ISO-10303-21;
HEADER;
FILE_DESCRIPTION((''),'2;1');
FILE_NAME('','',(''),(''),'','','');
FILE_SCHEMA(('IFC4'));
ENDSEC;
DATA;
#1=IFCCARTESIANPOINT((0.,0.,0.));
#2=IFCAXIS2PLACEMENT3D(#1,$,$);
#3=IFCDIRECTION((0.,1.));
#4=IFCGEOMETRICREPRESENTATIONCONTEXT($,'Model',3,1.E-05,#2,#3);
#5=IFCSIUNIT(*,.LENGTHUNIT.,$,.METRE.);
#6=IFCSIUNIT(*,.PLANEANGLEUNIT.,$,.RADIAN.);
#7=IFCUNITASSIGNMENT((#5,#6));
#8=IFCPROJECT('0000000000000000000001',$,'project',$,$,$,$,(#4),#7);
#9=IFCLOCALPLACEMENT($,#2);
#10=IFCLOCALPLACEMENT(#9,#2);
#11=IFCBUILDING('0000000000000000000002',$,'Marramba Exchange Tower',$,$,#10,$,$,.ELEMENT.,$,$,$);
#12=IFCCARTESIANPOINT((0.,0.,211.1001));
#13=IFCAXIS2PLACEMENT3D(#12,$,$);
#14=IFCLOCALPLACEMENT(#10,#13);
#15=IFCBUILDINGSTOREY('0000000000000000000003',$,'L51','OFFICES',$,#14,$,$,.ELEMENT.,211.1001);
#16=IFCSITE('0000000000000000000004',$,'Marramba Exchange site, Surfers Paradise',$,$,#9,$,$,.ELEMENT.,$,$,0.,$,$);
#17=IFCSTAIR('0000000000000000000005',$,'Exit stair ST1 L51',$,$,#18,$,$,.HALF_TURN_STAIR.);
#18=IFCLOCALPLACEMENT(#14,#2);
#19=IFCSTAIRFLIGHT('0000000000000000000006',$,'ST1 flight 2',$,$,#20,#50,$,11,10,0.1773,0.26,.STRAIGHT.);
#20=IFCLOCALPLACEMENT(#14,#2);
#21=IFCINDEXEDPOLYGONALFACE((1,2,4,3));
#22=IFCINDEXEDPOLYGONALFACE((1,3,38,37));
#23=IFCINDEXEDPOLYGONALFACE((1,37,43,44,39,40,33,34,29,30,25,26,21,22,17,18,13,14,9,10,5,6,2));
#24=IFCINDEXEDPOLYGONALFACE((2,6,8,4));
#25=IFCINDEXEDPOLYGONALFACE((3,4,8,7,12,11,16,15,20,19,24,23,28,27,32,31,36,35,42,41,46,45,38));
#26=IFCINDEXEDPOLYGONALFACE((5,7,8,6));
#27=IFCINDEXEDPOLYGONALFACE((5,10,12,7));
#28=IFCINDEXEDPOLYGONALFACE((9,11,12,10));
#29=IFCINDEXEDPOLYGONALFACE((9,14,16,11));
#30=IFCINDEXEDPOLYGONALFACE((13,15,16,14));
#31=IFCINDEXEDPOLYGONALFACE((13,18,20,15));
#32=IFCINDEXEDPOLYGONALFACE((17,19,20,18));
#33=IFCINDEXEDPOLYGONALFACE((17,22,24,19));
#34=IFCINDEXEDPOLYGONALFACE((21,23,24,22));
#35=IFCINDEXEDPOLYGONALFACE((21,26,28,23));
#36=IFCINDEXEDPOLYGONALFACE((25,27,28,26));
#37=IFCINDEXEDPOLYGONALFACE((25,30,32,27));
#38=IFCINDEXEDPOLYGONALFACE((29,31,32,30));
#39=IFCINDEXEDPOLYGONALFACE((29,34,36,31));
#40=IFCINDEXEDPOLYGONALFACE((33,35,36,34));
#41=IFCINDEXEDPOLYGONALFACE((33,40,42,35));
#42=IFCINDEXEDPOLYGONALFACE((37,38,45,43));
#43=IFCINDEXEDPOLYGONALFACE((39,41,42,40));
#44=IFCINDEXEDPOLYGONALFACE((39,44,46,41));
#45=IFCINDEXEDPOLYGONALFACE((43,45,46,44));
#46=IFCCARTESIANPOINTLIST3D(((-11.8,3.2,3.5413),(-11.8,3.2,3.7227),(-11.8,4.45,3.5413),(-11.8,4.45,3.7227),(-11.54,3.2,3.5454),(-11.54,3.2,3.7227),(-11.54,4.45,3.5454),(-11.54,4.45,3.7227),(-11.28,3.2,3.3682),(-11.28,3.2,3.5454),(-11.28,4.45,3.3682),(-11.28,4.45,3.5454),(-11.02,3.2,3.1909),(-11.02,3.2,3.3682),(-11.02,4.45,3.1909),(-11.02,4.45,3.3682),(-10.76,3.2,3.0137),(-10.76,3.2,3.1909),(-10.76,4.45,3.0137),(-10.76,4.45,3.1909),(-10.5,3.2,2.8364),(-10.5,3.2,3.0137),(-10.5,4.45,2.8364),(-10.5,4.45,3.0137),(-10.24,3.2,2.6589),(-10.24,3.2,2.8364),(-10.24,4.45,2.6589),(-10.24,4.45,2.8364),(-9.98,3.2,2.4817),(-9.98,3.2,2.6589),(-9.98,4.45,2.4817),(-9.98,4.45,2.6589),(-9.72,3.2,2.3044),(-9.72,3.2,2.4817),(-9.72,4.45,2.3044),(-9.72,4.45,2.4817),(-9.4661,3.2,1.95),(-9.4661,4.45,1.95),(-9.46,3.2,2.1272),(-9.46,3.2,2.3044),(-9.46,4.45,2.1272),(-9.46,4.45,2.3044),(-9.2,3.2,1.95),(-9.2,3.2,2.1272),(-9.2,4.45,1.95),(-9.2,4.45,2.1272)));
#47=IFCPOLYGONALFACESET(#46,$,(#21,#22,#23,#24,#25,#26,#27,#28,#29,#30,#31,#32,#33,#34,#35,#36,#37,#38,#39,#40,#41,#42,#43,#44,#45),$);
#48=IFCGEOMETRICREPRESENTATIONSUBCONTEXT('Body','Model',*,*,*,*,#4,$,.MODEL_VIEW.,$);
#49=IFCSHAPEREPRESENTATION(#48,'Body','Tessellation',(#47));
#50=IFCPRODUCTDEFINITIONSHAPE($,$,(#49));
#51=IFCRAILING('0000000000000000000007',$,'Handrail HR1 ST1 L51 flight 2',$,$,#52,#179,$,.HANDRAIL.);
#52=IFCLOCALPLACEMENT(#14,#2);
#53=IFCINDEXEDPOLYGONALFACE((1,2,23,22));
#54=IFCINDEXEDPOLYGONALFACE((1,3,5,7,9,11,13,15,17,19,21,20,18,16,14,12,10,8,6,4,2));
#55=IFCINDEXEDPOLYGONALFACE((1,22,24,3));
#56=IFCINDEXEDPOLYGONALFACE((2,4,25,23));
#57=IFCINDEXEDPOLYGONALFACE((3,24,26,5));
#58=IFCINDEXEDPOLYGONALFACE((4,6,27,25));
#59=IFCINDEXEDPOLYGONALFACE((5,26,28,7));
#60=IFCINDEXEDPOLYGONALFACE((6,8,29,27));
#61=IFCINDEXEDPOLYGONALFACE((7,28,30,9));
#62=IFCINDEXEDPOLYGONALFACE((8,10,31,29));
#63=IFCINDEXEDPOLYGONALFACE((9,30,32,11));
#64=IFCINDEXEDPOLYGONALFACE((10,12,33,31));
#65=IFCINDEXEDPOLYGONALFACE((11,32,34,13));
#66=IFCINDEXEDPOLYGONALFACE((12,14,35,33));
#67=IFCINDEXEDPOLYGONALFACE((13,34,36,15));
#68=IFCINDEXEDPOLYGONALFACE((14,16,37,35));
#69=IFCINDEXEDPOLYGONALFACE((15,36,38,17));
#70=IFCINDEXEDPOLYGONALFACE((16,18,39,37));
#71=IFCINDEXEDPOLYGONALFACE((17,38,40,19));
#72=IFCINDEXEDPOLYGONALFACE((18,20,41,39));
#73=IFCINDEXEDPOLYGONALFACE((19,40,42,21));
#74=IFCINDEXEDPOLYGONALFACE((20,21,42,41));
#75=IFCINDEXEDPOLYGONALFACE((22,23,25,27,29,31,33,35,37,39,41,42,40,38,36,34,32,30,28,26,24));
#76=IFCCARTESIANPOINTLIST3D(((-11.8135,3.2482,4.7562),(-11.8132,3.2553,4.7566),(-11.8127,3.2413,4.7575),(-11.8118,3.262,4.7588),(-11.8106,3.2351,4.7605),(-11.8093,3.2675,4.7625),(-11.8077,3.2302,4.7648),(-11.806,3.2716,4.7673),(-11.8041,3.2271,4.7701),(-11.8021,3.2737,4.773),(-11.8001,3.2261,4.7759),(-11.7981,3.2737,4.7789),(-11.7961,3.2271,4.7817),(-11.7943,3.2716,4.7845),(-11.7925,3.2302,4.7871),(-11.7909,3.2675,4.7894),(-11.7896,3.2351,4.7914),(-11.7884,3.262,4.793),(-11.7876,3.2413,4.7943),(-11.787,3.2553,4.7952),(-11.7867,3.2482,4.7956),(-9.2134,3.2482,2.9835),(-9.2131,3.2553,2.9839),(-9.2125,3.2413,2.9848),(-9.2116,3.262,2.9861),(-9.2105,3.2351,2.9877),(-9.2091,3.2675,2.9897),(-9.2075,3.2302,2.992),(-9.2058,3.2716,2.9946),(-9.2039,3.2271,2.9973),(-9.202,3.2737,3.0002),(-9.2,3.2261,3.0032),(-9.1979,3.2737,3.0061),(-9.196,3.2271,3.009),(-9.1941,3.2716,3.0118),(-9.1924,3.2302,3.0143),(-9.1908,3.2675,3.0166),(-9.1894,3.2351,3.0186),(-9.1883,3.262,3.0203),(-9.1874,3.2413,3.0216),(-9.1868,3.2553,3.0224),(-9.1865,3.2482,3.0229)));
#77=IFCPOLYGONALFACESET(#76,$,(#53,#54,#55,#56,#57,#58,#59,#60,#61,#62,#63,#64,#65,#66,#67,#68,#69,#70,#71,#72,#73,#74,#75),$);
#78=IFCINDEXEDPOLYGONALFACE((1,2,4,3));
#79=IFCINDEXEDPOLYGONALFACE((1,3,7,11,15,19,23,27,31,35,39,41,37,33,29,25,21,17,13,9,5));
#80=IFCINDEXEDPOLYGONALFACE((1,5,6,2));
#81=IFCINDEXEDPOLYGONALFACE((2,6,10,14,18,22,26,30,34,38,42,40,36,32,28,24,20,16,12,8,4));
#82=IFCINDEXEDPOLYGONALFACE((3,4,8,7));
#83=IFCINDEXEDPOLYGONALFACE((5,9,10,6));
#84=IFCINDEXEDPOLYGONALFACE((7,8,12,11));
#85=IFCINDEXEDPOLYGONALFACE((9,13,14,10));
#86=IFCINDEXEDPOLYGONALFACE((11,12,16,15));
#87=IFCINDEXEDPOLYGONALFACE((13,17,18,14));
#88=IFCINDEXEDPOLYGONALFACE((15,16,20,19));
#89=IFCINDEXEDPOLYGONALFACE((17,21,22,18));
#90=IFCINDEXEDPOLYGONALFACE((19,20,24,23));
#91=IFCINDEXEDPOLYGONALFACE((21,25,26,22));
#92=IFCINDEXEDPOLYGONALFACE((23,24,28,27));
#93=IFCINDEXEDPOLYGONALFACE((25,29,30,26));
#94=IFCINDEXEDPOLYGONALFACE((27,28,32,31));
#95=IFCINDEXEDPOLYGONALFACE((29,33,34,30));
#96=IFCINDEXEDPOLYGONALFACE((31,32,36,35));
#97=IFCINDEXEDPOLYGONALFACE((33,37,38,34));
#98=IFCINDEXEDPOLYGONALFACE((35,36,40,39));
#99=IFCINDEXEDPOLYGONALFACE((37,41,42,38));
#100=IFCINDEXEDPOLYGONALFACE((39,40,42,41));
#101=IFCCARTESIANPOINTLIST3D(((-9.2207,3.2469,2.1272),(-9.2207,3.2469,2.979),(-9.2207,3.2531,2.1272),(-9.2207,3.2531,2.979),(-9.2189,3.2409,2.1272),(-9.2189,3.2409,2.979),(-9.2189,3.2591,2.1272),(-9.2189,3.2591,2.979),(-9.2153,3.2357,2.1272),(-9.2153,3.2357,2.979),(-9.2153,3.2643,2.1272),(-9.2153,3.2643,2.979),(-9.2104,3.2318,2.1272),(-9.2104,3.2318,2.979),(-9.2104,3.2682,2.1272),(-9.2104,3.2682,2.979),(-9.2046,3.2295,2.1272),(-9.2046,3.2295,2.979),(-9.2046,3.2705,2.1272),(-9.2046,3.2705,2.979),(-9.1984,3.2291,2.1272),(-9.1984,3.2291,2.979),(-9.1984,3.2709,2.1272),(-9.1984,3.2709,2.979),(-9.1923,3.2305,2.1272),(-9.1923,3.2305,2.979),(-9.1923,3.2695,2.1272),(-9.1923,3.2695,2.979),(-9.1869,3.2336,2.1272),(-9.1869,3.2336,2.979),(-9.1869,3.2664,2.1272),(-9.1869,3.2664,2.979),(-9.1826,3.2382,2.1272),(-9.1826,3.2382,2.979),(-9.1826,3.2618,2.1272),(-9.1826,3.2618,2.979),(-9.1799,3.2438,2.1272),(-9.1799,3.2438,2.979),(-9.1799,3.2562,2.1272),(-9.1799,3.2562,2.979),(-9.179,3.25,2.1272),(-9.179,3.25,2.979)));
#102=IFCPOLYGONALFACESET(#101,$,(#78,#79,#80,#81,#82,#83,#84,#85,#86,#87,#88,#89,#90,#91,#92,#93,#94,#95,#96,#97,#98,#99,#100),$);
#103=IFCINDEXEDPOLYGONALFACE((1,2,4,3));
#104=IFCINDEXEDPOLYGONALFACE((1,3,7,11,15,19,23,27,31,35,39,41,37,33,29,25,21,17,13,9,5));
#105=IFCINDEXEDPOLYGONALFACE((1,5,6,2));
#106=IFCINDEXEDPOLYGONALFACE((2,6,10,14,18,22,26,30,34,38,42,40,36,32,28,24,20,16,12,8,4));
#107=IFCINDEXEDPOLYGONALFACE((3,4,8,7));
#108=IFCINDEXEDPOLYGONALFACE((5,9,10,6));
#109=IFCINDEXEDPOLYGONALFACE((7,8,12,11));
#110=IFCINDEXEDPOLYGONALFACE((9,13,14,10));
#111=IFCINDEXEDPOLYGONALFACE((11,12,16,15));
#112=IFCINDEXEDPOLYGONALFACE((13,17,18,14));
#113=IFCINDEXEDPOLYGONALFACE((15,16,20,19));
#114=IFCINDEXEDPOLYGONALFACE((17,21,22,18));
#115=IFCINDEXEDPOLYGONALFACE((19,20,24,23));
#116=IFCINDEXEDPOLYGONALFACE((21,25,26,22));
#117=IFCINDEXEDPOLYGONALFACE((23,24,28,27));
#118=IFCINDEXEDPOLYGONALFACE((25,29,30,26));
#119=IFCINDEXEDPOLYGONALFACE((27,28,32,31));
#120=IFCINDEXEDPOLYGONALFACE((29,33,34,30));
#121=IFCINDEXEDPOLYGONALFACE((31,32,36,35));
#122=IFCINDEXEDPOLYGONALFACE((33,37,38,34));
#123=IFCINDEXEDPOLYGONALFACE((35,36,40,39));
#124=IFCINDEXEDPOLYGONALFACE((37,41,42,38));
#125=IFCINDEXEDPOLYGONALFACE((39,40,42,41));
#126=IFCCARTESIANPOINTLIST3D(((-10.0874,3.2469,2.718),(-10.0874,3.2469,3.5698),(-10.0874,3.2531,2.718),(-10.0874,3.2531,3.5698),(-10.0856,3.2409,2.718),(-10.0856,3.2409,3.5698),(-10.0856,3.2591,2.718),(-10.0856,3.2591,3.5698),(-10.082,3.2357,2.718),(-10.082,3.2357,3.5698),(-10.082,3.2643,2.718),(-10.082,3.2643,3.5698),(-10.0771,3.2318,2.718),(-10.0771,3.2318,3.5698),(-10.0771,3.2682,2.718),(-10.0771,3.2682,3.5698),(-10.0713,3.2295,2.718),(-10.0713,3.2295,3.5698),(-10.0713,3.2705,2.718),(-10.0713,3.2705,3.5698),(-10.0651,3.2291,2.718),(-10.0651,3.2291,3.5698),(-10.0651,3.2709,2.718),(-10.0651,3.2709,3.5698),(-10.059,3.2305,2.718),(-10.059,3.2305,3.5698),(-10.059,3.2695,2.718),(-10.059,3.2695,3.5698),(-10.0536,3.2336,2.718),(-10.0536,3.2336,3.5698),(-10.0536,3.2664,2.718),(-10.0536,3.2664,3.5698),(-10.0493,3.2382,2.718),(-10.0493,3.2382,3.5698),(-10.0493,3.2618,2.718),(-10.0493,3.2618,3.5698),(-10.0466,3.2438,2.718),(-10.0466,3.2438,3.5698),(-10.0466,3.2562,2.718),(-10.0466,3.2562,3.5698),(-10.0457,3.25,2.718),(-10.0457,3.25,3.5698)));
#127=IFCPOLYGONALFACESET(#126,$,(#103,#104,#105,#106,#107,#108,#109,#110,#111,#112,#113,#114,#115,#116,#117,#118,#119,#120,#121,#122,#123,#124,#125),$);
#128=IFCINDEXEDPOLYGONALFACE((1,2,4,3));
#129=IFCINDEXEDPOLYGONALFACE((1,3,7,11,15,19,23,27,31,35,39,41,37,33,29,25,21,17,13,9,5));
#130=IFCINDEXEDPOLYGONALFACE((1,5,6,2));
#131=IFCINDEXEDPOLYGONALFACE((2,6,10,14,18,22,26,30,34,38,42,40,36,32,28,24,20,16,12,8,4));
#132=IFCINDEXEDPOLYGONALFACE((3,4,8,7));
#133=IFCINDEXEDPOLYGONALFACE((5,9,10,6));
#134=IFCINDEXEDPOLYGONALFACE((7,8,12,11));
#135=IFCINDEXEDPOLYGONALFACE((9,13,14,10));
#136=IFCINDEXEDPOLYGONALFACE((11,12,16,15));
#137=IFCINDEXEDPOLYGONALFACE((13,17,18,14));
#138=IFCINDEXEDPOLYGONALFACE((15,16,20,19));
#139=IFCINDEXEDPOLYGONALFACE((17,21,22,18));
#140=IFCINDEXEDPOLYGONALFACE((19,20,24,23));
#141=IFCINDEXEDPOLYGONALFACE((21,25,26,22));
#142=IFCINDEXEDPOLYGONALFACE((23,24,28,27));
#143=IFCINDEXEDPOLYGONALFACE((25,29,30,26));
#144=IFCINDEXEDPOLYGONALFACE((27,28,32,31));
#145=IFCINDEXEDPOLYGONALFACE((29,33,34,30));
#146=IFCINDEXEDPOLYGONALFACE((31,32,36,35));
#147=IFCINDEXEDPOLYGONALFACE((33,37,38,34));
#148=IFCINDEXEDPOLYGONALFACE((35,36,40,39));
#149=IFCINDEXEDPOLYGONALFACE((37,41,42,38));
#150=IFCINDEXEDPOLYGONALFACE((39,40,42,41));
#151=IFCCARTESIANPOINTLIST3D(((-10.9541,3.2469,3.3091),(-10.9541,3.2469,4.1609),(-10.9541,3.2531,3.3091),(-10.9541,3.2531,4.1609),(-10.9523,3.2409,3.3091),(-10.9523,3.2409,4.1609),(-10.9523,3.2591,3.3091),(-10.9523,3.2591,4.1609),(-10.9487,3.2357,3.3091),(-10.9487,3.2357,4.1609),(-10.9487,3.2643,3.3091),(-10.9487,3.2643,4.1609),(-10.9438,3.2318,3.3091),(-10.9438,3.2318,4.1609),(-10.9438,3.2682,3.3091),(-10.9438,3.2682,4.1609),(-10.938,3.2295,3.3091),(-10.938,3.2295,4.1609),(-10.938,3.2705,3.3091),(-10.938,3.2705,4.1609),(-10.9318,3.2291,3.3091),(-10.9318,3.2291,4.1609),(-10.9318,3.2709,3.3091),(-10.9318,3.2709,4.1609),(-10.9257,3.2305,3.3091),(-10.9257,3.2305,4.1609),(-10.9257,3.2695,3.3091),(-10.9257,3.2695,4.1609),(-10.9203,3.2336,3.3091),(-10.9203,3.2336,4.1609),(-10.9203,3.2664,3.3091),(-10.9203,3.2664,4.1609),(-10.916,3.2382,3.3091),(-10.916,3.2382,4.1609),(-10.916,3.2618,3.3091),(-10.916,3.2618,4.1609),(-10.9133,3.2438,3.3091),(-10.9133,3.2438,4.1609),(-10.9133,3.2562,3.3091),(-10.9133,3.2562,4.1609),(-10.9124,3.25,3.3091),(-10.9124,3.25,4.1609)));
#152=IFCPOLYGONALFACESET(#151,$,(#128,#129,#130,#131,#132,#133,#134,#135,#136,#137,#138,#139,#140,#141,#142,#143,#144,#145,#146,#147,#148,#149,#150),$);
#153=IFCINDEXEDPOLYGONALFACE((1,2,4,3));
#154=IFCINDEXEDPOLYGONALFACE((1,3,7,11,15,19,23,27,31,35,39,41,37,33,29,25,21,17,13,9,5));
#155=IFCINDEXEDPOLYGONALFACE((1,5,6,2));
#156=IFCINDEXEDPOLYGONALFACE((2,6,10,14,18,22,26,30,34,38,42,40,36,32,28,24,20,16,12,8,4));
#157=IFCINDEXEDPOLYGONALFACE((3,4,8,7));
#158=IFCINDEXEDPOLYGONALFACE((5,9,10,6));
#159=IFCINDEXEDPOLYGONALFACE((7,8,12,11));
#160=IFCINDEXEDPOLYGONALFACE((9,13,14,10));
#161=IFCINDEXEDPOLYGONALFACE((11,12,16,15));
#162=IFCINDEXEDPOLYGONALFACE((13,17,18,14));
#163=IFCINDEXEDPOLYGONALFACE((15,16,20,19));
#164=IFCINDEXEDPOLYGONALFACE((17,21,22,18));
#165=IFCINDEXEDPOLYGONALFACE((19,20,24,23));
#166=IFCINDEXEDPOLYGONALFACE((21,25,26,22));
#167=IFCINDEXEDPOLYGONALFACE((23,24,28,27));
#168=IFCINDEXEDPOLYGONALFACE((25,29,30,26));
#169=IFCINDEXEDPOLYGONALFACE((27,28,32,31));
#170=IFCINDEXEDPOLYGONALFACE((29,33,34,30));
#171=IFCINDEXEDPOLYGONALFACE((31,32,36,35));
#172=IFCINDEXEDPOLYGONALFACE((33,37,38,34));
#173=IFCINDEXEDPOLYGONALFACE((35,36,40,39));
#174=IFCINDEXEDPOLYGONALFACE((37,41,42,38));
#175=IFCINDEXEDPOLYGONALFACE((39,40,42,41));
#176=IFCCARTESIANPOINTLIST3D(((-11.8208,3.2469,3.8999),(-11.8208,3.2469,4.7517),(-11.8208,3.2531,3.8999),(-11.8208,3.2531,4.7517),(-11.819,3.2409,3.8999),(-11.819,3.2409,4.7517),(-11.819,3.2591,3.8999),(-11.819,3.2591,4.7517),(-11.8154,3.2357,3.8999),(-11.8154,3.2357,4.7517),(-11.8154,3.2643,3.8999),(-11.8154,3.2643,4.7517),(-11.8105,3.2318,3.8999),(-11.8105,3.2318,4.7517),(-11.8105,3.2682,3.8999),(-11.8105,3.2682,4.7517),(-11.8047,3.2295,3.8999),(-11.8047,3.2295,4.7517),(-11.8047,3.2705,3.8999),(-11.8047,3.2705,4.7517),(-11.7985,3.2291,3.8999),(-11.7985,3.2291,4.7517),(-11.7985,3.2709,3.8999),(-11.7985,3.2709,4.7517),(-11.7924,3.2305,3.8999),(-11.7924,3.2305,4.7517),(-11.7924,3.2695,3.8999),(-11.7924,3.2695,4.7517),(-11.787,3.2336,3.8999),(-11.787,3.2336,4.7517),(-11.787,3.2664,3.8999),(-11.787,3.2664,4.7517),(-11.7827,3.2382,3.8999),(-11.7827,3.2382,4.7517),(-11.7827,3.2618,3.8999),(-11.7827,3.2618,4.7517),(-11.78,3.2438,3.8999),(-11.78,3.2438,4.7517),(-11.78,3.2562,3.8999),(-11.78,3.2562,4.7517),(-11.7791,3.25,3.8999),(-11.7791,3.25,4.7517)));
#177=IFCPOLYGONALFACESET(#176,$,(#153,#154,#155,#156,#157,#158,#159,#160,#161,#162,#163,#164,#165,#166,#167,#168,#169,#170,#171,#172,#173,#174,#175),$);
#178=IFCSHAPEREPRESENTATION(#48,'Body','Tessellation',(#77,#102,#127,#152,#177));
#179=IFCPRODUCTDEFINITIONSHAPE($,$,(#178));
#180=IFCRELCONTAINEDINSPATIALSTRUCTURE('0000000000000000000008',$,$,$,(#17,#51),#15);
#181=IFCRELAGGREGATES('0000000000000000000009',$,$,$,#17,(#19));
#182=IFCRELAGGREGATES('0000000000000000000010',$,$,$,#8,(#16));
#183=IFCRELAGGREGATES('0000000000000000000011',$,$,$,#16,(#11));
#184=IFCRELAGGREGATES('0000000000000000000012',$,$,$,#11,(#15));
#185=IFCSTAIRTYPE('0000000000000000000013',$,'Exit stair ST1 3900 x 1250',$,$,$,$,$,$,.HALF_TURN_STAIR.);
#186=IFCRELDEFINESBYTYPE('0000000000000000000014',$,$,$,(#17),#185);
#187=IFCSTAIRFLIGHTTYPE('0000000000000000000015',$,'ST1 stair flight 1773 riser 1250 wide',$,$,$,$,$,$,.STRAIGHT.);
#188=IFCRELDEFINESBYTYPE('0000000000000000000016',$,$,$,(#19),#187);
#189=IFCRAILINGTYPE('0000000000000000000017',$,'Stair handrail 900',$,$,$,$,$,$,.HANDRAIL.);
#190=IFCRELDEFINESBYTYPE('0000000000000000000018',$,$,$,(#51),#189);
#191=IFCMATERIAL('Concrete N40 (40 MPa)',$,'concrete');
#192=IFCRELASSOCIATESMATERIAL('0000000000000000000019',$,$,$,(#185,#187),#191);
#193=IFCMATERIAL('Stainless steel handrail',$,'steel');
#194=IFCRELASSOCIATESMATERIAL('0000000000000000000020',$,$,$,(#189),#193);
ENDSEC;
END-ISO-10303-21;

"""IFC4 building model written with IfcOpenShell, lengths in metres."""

from ifc_helpers import new_model, si_unit, direction, frame, origin, origin_2d, place, context, subcontext, project, spatial, polyline, circle, outline, extrude, material, type_object, element, aggregate, save


model = new_model("IFC4")

# Units and contexts
model_context = context("Model", 3, precision=1e-05, world=origin(), true_north=direction((0.0, 1.0)))
body_context = subcontext(model_context, "Body", "Model", "MODEL_VIEW")
ifc_project = project(units=[si_unit("LENGTHUNIT", "METRE"), si_unit("PLANEANGLEUNIT", "RADIAN")], contexts=[model_context])

# Site, building, storey
site_placement = place(None, origin())
site = spatial("IfcSite", under=ifc_project, at=site_placement, Name="Marramba Exchange site, Surfers Paradise", CompositionType="ELEMENT", RefElevation=0.0)
building_placement = place(site_placement, origin())
building = spatial("IfcBuilding", under=site, at=building_placement, Name="Marramba Exchange Tower", CompositionType="ELEMENT")
storey_placement = place(building_placement, frame((0.0, 0.0, 211.1001)))
storey = spatial("IfcBuildingStorey", under=building, at=storey_placement, Name="L51", Description="OFFICES", CompositionType="ELEMENT", Elevation=211.1001)

# Stair, stair flight
ifc_material_1 = material(Name="Concrete N40 (40 MPa)", Category="concrete")
stair_type = type_object("IfcStairType", Name="Exit stair ST1 3900 x 1250", PredefinedType="HALF_TURN_STAIR", material=ifc_material_1)
stair_placement = place(storey_placement, origin())
stair = element("IfcStair", 1, at=stair_placement, inside=storey, type_object=stair_type, Name="Exit stair ST1 L51", PredefinedType="HALF_TURN_STAIR")
stair_flight_type = type_object("IfcStairFlightType", Name="ST1 stair flight 1773 riser 1250 wide", PredefinedType="STRAIGHT", material=ifc_material_1)
stair_flight_placement = place(storey_placement, frame((-9.2, 3.825, 1.95), z_axis=(0.0, 0.0, 1.0), x_axis=(-1.0, 0.0, 0.0)))
stair_flight = element("IfcStairFlight", 2, at=stair_flight_placement, type_object=stair_flight_type, Name="ST1 flight 2", NumberOfRisers=11, NumberOfTreads=10, PredefinedType="STRAIGHT", RiserHeight=0.1773, TreadLength=0.26, context=body_context, shape_type="SweptSolid", body=[
    extrude(outline(polyline([(0.0, 0.0), (0.0, 0.1772), (0.26, 0.1772), (0.26, 0.3545), (0.52, 0.3545), (0.52, 0.5317), (0.78, 0.5317), (0.78, 0.709), (1.04, 0.709), (1.04, 0.8865), (1.3, 0.8865), (1.3, 1.0637), (1.5601, 1.0637), (1.5601, 1.241), (1.8201, 1.241), (1.8201, 1.4182), (2.0801, 1.4182), (2.0801, 1.5955), (2.3401, 1.5955), (2.3401, 1.7727), (2.6001, 1.7727), (2.6001, 1.95), (2.6001, 1.5913), (0.2661, 0.0), (0.0, 0.0)])), frame((0.0, 0.625, 0.0), z_axis=(0.0, -1.0, 0.0), x_axis=(1.0, 0.0, 0.0)), (0.0, 0.0, 1.0), 1.25),
])
aggregate(stair, [stair_flight])

# Railing
ifc_material_2 = material(Name="Stainless steel handrail", Category="steel")
railing_type = type_object("IfcRailingType", Name="Stair handrail 900", PredefinedType="HANDRAIL", material=ifc_material_2)
railing_placement = place(storey_placement, frame((-9.2, 3.25, 2.1272)))
element("IfcRailing", 3, at=railing_placement, inside=storey, type_object=railing_type, Name="Handrail HR1 ST1 L51 flight 2", PredefinedType="HANDRAIL", context=body_context, shape_type="SweptSolid", body=[
    extrude(circle(Radius=0.0239, at=origin_2d()), frame((0.0, 0.0, 0.876), z_axis=(-0.82624, 0.0, 0.563318), x_axis=(0.0, -1.0, 0.0)), (0.0, 0.0, 1.0), 3.147),
    extrude(circle(Radius=0.021, at=origin_2d()), origin(), (0.0, 0.0, 1.0), 0.8518),
    extrude(circle(Radius=0.021, at=origin_2d()), frame((-0.8667, 0.0, 0.5908)), (0.0, 0.0, 1.0), 0.8518),
    extrude(circle(Radius=0.021, at=origin_2d()), frame((-1.7334, 0.0, 1.1819)), (0.0, 0.0, 1.0), 0.8518),
    extrude(circle(Radius=0.021, at=origin_2d()), frame((-2.6001, 0.0, 1.7727)), (0.0, 0.0, 1.0), 0.8518),
])

save(model, "model.ifc")
